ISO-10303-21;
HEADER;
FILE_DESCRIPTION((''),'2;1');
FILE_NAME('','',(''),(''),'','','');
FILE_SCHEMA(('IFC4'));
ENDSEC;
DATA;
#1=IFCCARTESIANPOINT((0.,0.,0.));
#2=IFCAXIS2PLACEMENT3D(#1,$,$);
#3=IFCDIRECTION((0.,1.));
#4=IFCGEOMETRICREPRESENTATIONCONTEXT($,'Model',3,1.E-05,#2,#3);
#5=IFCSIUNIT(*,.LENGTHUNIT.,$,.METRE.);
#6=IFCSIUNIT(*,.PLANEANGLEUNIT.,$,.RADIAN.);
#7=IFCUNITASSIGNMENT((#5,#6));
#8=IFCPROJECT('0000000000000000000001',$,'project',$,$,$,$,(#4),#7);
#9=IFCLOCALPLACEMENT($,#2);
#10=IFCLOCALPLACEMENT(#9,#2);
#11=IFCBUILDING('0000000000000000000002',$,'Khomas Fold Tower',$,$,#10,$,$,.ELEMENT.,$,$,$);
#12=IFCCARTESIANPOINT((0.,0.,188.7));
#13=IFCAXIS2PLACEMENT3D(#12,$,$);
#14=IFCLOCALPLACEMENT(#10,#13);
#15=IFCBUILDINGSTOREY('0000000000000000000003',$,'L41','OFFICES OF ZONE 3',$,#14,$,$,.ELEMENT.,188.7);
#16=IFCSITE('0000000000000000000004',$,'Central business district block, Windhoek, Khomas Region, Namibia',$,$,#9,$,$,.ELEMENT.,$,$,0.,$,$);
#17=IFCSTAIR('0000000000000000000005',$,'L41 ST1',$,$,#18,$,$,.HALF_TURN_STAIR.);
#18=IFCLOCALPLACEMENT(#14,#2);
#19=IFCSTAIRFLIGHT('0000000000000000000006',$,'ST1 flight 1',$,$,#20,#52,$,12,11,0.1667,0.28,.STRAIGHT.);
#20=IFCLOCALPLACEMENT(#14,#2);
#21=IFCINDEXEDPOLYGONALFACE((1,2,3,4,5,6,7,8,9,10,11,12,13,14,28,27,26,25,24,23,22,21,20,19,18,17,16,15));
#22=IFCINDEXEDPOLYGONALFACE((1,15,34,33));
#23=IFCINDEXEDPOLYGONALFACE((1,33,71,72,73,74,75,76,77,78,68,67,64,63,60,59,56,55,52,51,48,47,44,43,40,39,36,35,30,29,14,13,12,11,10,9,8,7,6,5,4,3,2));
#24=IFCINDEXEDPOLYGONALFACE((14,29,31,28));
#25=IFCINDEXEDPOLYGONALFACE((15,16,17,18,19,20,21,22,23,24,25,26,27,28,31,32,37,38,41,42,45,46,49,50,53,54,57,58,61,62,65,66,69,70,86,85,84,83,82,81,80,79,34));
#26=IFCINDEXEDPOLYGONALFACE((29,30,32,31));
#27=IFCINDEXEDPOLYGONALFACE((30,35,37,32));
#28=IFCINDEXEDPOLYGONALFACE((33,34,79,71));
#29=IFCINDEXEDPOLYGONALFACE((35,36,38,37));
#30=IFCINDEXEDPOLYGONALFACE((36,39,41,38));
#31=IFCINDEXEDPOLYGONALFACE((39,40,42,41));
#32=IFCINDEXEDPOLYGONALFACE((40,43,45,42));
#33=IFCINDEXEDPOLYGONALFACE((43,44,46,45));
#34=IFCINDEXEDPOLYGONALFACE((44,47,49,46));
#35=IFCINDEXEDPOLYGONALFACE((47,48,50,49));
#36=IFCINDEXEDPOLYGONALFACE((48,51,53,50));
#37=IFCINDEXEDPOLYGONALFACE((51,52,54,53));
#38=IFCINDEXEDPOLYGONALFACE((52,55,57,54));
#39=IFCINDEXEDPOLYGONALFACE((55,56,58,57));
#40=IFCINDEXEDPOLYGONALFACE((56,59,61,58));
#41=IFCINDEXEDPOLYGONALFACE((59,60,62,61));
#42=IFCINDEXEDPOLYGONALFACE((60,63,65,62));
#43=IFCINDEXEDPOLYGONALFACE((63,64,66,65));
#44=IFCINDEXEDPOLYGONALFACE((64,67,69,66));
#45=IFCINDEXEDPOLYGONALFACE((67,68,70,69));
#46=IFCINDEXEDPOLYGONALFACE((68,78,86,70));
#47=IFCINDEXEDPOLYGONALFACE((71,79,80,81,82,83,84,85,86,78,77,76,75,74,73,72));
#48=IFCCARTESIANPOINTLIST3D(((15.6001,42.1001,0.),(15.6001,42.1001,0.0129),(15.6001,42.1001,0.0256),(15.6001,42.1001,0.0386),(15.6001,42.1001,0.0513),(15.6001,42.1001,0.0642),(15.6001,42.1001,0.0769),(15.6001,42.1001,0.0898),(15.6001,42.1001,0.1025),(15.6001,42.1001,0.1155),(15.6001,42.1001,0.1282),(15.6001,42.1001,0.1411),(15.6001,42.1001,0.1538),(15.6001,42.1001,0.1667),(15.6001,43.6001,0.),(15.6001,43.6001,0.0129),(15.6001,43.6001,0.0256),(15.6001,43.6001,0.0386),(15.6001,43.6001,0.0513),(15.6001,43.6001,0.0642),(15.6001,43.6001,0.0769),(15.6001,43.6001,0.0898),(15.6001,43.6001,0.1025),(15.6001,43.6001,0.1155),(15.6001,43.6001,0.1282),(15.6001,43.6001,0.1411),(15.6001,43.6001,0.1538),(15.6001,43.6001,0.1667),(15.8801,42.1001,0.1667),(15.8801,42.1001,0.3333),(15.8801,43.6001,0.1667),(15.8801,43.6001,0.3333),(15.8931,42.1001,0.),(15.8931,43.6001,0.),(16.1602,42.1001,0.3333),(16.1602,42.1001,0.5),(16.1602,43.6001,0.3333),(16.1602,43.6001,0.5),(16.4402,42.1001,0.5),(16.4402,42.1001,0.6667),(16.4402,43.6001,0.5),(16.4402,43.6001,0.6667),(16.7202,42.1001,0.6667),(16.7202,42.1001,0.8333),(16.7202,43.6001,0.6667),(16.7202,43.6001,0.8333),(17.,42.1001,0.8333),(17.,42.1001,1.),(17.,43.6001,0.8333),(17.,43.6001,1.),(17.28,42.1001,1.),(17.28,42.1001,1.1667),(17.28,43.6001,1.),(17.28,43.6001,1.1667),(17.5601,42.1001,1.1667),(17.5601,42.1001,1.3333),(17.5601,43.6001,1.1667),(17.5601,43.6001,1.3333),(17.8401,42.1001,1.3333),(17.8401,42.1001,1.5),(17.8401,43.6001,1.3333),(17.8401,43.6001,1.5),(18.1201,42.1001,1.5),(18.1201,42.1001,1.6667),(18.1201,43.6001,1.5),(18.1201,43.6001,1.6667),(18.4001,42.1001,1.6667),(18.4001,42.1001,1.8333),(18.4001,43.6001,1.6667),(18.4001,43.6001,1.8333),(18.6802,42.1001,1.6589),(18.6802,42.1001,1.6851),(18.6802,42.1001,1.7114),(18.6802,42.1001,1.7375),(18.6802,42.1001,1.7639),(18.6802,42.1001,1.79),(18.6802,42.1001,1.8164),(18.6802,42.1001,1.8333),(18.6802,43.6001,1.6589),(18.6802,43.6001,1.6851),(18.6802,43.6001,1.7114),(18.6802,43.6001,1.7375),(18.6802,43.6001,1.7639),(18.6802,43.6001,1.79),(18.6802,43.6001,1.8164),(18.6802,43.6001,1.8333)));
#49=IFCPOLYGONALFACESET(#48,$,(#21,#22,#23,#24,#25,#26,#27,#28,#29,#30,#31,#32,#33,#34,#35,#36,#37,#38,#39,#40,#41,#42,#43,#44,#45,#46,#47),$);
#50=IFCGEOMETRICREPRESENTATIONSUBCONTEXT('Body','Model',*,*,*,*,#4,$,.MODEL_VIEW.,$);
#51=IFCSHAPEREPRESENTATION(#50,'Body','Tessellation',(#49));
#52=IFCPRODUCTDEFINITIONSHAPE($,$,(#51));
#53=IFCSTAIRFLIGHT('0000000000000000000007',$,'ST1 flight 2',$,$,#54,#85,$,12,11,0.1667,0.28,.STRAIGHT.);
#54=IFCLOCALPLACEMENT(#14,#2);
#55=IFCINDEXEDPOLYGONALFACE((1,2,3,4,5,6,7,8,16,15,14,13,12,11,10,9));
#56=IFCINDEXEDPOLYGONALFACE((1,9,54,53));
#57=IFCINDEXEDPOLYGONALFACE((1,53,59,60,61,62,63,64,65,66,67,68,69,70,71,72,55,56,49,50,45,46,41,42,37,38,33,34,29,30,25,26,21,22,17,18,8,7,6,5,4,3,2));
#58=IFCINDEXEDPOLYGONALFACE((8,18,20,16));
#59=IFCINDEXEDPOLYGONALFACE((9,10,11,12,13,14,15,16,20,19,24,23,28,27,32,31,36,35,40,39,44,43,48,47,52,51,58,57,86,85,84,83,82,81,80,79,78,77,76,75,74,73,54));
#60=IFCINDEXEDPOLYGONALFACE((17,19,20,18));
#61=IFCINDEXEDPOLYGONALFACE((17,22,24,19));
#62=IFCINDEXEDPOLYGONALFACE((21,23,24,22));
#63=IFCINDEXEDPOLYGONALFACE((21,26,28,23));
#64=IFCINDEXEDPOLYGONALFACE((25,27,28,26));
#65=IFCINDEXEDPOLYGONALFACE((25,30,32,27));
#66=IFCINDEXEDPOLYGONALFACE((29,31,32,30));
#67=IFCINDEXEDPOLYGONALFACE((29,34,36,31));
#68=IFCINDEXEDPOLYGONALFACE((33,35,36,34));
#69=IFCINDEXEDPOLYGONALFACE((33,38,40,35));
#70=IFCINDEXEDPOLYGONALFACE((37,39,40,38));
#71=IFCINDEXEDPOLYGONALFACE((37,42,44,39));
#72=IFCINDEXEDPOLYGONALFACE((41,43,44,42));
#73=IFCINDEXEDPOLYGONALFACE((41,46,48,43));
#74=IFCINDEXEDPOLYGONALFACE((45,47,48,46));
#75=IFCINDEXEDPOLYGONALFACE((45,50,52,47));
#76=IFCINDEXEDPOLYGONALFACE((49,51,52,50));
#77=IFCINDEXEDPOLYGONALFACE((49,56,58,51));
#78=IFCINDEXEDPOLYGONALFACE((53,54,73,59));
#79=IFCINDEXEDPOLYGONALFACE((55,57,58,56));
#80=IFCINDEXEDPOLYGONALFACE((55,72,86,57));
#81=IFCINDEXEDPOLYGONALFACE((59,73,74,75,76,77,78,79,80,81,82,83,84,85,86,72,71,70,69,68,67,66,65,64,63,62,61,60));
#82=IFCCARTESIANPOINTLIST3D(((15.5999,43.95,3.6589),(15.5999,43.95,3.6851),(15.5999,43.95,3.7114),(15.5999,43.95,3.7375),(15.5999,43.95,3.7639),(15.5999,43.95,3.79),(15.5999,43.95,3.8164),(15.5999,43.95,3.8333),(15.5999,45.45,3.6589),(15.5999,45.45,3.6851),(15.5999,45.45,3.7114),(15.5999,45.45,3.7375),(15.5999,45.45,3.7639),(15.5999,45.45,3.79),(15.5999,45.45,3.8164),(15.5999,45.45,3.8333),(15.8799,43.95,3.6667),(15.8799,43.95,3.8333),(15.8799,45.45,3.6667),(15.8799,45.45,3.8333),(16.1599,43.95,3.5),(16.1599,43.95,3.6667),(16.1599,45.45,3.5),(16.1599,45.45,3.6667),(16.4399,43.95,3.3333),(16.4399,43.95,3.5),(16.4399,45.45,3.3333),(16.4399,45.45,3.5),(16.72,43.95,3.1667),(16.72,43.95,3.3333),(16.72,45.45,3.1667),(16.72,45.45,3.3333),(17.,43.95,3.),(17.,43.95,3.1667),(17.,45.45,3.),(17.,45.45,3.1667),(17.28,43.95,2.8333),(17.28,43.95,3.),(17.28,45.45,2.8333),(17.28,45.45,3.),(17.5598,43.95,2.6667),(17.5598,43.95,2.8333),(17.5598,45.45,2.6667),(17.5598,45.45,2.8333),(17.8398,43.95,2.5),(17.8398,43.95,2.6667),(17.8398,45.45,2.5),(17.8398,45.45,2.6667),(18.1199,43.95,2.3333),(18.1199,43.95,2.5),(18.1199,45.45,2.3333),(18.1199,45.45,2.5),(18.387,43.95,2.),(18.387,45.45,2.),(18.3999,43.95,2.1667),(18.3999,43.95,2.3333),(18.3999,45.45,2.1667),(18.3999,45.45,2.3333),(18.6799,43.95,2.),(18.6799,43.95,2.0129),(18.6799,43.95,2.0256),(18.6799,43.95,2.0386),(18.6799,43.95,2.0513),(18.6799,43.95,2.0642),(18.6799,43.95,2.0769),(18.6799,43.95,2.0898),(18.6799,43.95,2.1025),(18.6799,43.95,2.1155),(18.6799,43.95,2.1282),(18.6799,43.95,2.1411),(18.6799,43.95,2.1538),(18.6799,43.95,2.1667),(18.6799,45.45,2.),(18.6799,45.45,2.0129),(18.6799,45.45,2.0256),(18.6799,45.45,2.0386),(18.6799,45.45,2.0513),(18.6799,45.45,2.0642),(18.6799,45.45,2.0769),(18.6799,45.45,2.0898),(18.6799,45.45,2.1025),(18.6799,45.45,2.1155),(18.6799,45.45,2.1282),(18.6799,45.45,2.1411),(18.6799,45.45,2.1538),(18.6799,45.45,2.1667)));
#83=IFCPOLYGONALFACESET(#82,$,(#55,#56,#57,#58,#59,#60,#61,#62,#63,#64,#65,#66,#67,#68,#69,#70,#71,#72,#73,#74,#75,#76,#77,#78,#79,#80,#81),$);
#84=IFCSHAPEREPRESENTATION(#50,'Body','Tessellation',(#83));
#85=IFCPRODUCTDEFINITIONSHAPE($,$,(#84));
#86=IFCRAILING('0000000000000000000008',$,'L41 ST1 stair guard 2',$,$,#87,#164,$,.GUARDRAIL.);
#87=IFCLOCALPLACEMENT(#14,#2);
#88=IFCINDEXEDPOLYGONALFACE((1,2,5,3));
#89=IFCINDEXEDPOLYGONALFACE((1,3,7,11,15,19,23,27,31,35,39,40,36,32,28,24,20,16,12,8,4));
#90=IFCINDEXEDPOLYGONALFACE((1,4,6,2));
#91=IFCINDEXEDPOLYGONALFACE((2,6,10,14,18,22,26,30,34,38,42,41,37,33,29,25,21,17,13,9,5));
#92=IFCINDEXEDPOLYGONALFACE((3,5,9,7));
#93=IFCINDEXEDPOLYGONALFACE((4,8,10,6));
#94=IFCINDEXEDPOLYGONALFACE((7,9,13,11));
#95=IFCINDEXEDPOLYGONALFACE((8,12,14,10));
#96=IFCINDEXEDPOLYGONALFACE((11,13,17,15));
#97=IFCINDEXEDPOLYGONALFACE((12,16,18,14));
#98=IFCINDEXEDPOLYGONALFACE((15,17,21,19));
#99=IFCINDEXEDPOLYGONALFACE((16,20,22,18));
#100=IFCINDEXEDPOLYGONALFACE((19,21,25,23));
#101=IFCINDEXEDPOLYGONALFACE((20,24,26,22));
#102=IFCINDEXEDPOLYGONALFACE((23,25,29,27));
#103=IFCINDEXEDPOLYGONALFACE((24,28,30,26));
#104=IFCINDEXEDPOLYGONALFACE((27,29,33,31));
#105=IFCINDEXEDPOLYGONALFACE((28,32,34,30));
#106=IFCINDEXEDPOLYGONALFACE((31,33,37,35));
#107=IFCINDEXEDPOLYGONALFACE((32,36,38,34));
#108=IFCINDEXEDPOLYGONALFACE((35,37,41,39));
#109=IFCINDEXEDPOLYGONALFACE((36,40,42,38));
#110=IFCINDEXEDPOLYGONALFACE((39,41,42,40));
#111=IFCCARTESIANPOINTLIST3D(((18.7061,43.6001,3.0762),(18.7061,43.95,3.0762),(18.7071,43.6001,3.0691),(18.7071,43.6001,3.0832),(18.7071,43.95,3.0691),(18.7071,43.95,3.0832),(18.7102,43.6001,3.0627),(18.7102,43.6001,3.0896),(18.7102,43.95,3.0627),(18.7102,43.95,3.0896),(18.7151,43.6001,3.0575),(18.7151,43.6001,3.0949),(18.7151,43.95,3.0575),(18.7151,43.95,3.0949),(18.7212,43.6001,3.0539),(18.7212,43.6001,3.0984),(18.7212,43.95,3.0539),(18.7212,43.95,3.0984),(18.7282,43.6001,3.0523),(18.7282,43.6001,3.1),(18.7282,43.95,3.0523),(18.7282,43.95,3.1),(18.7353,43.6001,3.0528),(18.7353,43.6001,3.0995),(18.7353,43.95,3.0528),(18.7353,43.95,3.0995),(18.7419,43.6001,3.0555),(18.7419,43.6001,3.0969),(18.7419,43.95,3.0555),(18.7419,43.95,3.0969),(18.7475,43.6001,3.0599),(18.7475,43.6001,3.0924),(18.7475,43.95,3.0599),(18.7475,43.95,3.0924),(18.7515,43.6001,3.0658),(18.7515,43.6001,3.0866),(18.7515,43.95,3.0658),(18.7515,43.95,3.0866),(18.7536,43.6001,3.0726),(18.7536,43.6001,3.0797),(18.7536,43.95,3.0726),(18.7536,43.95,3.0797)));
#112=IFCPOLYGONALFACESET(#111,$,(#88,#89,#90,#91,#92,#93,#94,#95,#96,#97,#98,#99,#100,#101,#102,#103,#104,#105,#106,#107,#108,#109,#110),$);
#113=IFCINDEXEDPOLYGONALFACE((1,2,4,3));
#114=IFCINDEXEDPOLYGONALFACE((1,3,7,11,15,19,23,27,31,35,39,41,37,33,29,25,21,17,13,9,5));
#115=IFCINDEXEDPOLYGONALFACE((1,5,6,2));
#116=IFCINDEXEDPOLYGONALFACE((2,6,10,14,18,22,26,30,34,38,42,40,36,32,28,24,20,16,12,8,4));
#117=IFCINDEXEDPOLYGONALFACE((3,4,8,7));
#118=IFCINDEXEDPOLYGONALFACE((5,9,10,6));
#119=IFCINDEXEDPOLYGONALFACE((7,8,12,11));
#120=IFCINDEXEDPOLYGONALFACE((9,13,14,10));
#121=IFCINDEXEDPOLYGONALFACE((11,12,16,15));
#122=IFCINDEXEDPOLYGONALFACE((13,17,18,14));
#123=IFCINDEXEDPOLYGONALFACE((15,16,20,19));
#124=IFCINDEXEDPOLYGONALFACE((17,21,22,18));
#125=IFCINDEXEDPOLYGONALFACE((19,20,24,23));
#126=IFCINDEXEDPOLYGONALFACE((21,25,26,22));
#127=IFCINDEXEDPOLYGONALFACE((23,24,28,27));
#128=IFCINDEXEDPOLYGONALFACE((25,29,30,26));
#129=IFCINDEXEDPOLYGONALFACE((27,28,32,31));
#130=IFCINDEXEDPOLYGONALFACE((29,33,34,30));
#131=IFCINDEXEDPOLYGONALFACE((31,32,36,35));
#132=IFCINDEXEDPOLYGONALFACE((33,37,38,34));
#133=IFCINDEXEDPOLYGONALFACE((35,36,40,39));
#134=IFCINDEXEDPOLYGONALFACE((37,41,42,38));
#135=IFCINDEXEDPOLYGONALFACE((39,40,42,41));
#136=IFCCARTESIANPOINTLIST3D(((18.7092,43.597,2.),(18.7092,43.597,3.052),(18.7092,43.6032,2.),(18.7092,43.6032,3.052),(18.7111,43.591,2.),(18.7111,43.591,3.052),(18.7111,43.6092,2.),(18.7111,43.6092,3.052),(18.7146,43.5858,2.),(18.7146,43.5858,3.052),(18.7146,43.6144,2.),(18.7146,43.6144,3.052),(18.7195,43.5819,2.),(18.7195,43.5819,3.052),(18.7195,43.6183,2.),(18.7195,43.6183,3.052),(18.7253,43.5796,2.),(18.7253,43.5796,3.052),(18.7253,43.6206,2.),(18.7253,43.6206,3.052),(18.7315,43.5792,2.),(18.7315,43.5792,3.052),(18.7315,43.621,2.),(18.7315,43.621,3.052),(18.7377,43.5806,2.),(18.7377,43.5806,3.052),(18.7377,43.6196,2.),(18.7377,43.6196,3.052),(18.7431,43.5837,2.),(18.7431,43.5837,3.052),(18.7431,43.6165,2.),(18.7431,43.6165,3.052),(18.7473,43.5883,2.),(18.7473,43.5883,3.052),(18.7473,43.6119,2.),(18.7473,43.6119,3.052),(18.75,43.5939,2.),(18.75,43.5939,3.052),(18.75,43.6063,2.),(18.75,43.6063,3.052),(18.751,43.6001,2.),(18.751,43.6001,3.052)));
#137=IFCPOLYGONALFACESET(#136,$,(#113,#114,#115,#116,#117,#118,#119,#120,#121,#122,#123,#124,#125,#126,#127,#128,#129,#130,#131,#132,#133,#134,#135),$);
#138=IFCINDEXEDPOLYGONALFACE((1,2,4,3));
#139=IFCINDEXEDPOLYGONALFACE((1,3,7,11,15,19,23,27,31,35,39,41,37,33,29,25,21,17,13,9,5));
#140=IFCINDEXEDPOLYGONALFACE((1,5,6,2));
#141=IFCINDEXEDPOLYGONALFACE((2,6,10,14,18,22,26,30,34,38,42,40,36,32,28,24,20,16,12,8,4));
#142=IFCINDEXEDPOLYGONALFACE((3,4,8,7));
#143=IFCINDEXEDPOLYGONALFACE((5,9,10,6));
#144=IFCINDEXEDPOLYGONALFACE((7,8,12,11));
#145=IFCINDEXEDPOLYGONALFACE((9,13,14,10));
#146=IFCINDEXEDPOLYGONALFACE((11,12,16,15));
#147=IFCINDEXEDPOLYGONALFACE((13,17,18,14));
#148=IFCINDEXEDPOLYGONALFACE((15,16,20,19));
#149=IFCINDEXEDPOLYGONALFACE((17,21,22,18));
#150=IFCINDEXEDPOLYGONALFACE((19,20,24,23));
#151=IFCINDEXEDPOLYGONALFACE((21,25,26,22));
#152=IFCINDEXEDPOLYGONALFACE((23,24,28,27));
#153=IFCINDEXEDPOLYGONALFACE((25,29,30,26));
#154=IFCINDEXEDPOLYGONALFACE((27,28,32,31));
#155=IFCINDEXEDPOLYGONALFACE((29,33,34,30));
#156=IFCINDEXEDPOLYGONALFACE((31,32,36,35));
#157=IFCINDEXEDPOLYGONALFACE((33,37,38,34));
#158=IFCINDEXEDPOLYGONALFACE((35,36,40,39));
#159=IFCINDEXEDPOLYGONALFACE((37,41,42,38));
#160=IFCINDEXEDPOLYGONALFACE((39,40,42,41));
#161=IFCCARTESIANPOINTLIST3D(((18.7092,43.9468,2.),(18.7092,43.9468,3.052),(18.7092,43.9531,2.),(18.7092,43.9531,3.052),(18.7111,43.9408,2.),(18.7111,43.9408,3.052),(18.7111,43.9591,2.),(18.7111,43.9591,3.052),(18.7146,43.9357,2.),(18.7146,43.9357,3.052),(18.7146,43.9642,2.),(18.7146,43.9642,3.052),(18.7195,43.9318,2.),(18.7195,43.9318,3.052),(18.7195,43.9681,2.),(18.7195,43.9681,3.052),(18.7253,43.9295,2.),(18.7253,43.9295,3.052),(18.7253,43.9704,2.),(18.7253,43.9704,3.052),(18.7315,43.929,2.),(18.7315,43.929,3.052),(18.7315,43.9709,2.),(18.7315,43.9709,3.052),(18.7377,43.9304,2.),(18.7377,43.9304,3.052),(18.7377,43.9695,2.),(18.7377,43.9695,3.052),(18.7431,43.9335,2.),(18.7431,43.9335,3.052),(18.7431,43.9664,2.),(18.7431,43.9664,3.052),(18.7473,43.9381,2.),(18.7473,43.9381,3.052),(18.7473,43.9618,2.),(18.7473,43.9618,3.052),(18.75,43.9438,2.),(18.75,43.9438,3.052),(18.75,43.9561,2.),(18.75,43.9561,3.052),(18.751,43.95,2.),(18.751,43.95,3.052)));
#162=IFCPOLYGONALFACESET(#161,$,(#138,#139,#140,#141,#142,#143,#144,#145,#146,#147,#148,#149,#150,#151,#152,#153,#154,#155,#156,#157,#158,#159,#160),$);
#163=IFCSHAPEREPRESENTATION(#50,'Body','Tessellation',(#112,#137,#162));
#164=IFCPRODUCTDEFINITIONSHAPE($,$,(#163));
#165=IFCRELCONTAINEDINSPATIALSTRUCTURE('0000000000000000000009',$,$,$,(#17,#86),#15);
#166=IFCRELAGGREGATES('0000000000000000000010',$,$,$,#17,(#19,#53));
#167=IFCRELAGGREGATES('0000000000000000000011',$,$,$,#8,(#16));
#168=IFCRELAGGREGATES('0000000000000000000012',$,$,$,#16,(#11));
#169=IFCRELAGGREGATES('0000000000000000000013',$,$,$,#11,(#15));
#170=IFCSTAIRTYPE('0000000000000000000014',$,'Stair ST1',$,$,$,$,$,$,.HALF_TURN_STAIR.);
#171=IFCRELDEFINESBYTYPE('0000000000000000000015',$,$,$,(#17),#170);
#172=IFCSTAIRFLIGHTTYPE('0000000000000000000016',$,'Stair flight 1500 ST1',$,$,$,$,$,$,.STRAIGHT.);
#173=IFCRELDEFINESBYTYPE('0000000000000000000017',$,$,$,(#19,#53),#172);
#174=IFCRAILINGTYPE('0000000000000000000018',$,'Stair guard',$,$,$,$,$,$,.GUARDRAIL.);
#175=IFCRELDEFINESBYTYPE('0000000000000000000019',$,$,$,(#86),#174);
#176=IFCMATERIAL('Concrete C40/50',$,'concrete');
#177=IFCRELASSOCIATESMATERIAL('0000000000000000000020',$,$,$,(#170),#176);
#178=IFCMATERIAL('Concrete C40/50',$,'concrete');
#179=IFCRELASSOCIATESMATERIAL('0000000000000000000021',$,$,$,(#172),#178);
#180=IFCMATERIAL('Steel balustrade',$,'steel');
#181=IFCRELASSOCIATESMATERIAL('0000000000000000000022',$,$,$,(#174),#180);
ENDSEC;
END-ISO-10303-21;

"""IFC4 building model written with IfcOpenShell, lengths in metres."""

from ifc_helpers import new_model, si_unit, direction, frame, origin, origin_2d, place, context, subcontext, project, spatial, polyline, circle, outline, extrude, source, transform, mapped, material, type_object, element, aggregate, save


model = new_model("IFC4")

# Units and contexts
model_context = context("Model", 3, precision=1e-05, world=origin(), true_north=direction((0.0, 1.0)))
body_context = subcontext(model_context, "Body", "Model", "MODEL_VIEW")
ifc_project = project(units=[si_unit("LENGTHUNIT", "METRE"), si_unit("PLANEANGLEUNIT", "RADIAN")], contexts=[model_context])

# Site, building, storey
site_placement = place(None, origin())
site = spatial("IfcSite", under=ifc_project, at=site_placement, Name="Central business district block, Windhoek, Khomas Region, Namibia", CompositionType="ELEMENT", RefElevation=0.0)
building_placement = place(site_placement, origin())
building = spatial("IfcBuilding", under=site, at=building_placement, Name="Khomas Fold Tower", CompositionType="ELEMENT")
storey_placement = place(building_placement, frame((0.0, 0.0, 188.7)))
storey = spatial("IfcBuildingStorey", under=building, at=storey_placement, Name="L41", Description="OFFICES OF ZONE 3", CompositionType="ELEMENT", Elevation=188.7)

# Stair, stair flights
ifc_material_1 = material(Name="Concrete C40/50", Category="concrete")
stair_type = type_object("IfcStairType", Name="Stair ST1", PredefinedType="HALF_TURN_STAIR", material=ifc_material_1)
stair_placement = place(storey_placement, origin())
stair = element("IfcStair", 1, at=stair_placement, inside=storey, type_object=stair_type, Name="L41 ST1", PredefinedType="HALF_TURN_STAIR")
ifc_material_2 = material(Name="Concrete C40/50", Category="concrete")
stair_flight_type = type_object("IfcStairFlightType", Name="Stair flight 1500 ST1", PredefinedType="STRAIGHT", material=ifc_material_2)
shared_shape_1 = source(origin(), body_context, "Body", "SweptSolid", [
    extrude(outline(polyline([(0.0, 0.0), (0.0, 0.0129), (0.0, 0.0256), (0.0, 0.0386), (0.0, 0.0513), (0.0, 0.0642), (0.0, 0.0769), (0.0, 0.0898), (0.0, 0.1025), (0.0, 0.1155), (0.0, 0.1282), (0.0, 0.1411), (0.0, 0.1538), (0.0, 0.1667), (0.28, 0.1667), (0.28, 0.3333), (0.5601, 0.3333), (0.5601, 0.5), (0.8401, 0.5), (0.8401, 0.6667), (1.1201, 0.6667), (1.1201, 0.8333), (1.3999, 0.8333), (1.3999, 1.0), (1.6799, 1.0), (1.6799, 1.1667), (1.96, 1.1667), (1.96, 1.3333), (2.24, 1.3333), (2.24, 1.5), (2.52, 1.5), (2.52, 1.6667), (2.8, 1.6667), (2.8, 1.8333), (3.0801, 1.8333), (3.0801, 2.0), (3.0801, 1.9739), (3.0801, 1.9475), (3.0801, 1.9214), (3.0801, 1.895), (3.0801, 1.8689), (3.0801, 1.8425), (3.0801, 1.8164), (3.0801, 1.79), (3.0801, 1.7639), (3.0801, 1.7375), (3.0801, 1.7114), (3.0801, 1.6851), (3.0801, 1.6589), (0.293, 0.0), (0.0, 0.0)])), frame((0.0, 0.75, 0.0), z_axis=(0.0, -1.0, 0.0), x_axis=(1.0, 0.0, 0.0)), (0.0, 0.0, 1.0), 1.5),
])
stair_flight_1_placement = place(storey_placement, frame((15.6001, 42.8501, 0.0), z_axis=(0.0, 0.0, 1.0), x_axis=(1.0, 0.0, 0.0)))
stair_flight_1 = element("IfcStairFlight", 2, at=stair_flight_1_placement, type_object=stair_flight_type, Name="ST1 flight 1", NumberOfRisers=12, NumberOfTreads=11, PredefinedType="STRAIGHT", RiserHeight=0.1667, TreadLength=0.28, context=body_context, shape_type="MappedRepresentation", body=[
    mapped(shared_shape_1, transform((0.0, 0.0, 0.0))),
])
stair_flight_2_placement = place(storey_placement, frame((18.6799, 44.7, 2.0), z_axis=(0.0, 0.0, 1.0), x_axis=(-1.0, 0.0, 0.0)))
stair_flight_2 = element("IfcStairFlight", 3, at=stair_flight_2_placement, type_object=stair_flight_type, Name="ST1 flight 2", NumberOfRisers=12, NumberOfTreads=11, PredefinedType="STRAIGHT", RiserHeight=0.1667, TreadLength=0.28, context=body_context, shape_type="MappedRepresentation", body=[
    mapped(shared_shape_1, transform((0.0, 0.0, 0.0))),
])
aggregate(stair, [stair_flight_1, stair_flight_2])

# Railing
ifc_material_3 = material(Name="Steel balustrade", Category="steel")
railing_type_1 = type_object("IfcRailingType", Name="Stair guard", PredefinedType="GUARDRAIL", material=ifc_material_3)
shared_shape_2 = source(origin(), body_context, "Body", "SweptSolid", [
    extrude(circle(Radius=0.0239, at=origin_2d()), frame((0.0, 0.0, 1.0762), z_axis=(0.0, 1.0, 0.0), x_axis=(-1.0, 0.0, 0.0)), (0.0, 0.0, 1.0), 0.3499),
    extrude(circle(Radius=0.021, at=origin_2d()), origin(), (0.0, 0.0, 1.0), 1.052),
    extrude(circle(Radius=0.021, at=origin_2d()), frame((0.0, 0.3499, 0.0)), (0.0, 0.0, 1.0), 1.052),
])
for number, where, name in (
    (4, (18.73, 43.6001, 2.0), "L41 ST1 stair guard 2"),
):
    element("IfcRailing", number, at=place(storey_placement, frame(where)), inside=storey, type_object=railing_type_1, Name=name, PredefinedType="GUARDRAIL", context=body_context, shape_type="MappedRepresentation", body=[
        mapped(shared_shape_2, transform((0.0, 0.0, 0.0))),
    ])

save(model, "model.ifc")
